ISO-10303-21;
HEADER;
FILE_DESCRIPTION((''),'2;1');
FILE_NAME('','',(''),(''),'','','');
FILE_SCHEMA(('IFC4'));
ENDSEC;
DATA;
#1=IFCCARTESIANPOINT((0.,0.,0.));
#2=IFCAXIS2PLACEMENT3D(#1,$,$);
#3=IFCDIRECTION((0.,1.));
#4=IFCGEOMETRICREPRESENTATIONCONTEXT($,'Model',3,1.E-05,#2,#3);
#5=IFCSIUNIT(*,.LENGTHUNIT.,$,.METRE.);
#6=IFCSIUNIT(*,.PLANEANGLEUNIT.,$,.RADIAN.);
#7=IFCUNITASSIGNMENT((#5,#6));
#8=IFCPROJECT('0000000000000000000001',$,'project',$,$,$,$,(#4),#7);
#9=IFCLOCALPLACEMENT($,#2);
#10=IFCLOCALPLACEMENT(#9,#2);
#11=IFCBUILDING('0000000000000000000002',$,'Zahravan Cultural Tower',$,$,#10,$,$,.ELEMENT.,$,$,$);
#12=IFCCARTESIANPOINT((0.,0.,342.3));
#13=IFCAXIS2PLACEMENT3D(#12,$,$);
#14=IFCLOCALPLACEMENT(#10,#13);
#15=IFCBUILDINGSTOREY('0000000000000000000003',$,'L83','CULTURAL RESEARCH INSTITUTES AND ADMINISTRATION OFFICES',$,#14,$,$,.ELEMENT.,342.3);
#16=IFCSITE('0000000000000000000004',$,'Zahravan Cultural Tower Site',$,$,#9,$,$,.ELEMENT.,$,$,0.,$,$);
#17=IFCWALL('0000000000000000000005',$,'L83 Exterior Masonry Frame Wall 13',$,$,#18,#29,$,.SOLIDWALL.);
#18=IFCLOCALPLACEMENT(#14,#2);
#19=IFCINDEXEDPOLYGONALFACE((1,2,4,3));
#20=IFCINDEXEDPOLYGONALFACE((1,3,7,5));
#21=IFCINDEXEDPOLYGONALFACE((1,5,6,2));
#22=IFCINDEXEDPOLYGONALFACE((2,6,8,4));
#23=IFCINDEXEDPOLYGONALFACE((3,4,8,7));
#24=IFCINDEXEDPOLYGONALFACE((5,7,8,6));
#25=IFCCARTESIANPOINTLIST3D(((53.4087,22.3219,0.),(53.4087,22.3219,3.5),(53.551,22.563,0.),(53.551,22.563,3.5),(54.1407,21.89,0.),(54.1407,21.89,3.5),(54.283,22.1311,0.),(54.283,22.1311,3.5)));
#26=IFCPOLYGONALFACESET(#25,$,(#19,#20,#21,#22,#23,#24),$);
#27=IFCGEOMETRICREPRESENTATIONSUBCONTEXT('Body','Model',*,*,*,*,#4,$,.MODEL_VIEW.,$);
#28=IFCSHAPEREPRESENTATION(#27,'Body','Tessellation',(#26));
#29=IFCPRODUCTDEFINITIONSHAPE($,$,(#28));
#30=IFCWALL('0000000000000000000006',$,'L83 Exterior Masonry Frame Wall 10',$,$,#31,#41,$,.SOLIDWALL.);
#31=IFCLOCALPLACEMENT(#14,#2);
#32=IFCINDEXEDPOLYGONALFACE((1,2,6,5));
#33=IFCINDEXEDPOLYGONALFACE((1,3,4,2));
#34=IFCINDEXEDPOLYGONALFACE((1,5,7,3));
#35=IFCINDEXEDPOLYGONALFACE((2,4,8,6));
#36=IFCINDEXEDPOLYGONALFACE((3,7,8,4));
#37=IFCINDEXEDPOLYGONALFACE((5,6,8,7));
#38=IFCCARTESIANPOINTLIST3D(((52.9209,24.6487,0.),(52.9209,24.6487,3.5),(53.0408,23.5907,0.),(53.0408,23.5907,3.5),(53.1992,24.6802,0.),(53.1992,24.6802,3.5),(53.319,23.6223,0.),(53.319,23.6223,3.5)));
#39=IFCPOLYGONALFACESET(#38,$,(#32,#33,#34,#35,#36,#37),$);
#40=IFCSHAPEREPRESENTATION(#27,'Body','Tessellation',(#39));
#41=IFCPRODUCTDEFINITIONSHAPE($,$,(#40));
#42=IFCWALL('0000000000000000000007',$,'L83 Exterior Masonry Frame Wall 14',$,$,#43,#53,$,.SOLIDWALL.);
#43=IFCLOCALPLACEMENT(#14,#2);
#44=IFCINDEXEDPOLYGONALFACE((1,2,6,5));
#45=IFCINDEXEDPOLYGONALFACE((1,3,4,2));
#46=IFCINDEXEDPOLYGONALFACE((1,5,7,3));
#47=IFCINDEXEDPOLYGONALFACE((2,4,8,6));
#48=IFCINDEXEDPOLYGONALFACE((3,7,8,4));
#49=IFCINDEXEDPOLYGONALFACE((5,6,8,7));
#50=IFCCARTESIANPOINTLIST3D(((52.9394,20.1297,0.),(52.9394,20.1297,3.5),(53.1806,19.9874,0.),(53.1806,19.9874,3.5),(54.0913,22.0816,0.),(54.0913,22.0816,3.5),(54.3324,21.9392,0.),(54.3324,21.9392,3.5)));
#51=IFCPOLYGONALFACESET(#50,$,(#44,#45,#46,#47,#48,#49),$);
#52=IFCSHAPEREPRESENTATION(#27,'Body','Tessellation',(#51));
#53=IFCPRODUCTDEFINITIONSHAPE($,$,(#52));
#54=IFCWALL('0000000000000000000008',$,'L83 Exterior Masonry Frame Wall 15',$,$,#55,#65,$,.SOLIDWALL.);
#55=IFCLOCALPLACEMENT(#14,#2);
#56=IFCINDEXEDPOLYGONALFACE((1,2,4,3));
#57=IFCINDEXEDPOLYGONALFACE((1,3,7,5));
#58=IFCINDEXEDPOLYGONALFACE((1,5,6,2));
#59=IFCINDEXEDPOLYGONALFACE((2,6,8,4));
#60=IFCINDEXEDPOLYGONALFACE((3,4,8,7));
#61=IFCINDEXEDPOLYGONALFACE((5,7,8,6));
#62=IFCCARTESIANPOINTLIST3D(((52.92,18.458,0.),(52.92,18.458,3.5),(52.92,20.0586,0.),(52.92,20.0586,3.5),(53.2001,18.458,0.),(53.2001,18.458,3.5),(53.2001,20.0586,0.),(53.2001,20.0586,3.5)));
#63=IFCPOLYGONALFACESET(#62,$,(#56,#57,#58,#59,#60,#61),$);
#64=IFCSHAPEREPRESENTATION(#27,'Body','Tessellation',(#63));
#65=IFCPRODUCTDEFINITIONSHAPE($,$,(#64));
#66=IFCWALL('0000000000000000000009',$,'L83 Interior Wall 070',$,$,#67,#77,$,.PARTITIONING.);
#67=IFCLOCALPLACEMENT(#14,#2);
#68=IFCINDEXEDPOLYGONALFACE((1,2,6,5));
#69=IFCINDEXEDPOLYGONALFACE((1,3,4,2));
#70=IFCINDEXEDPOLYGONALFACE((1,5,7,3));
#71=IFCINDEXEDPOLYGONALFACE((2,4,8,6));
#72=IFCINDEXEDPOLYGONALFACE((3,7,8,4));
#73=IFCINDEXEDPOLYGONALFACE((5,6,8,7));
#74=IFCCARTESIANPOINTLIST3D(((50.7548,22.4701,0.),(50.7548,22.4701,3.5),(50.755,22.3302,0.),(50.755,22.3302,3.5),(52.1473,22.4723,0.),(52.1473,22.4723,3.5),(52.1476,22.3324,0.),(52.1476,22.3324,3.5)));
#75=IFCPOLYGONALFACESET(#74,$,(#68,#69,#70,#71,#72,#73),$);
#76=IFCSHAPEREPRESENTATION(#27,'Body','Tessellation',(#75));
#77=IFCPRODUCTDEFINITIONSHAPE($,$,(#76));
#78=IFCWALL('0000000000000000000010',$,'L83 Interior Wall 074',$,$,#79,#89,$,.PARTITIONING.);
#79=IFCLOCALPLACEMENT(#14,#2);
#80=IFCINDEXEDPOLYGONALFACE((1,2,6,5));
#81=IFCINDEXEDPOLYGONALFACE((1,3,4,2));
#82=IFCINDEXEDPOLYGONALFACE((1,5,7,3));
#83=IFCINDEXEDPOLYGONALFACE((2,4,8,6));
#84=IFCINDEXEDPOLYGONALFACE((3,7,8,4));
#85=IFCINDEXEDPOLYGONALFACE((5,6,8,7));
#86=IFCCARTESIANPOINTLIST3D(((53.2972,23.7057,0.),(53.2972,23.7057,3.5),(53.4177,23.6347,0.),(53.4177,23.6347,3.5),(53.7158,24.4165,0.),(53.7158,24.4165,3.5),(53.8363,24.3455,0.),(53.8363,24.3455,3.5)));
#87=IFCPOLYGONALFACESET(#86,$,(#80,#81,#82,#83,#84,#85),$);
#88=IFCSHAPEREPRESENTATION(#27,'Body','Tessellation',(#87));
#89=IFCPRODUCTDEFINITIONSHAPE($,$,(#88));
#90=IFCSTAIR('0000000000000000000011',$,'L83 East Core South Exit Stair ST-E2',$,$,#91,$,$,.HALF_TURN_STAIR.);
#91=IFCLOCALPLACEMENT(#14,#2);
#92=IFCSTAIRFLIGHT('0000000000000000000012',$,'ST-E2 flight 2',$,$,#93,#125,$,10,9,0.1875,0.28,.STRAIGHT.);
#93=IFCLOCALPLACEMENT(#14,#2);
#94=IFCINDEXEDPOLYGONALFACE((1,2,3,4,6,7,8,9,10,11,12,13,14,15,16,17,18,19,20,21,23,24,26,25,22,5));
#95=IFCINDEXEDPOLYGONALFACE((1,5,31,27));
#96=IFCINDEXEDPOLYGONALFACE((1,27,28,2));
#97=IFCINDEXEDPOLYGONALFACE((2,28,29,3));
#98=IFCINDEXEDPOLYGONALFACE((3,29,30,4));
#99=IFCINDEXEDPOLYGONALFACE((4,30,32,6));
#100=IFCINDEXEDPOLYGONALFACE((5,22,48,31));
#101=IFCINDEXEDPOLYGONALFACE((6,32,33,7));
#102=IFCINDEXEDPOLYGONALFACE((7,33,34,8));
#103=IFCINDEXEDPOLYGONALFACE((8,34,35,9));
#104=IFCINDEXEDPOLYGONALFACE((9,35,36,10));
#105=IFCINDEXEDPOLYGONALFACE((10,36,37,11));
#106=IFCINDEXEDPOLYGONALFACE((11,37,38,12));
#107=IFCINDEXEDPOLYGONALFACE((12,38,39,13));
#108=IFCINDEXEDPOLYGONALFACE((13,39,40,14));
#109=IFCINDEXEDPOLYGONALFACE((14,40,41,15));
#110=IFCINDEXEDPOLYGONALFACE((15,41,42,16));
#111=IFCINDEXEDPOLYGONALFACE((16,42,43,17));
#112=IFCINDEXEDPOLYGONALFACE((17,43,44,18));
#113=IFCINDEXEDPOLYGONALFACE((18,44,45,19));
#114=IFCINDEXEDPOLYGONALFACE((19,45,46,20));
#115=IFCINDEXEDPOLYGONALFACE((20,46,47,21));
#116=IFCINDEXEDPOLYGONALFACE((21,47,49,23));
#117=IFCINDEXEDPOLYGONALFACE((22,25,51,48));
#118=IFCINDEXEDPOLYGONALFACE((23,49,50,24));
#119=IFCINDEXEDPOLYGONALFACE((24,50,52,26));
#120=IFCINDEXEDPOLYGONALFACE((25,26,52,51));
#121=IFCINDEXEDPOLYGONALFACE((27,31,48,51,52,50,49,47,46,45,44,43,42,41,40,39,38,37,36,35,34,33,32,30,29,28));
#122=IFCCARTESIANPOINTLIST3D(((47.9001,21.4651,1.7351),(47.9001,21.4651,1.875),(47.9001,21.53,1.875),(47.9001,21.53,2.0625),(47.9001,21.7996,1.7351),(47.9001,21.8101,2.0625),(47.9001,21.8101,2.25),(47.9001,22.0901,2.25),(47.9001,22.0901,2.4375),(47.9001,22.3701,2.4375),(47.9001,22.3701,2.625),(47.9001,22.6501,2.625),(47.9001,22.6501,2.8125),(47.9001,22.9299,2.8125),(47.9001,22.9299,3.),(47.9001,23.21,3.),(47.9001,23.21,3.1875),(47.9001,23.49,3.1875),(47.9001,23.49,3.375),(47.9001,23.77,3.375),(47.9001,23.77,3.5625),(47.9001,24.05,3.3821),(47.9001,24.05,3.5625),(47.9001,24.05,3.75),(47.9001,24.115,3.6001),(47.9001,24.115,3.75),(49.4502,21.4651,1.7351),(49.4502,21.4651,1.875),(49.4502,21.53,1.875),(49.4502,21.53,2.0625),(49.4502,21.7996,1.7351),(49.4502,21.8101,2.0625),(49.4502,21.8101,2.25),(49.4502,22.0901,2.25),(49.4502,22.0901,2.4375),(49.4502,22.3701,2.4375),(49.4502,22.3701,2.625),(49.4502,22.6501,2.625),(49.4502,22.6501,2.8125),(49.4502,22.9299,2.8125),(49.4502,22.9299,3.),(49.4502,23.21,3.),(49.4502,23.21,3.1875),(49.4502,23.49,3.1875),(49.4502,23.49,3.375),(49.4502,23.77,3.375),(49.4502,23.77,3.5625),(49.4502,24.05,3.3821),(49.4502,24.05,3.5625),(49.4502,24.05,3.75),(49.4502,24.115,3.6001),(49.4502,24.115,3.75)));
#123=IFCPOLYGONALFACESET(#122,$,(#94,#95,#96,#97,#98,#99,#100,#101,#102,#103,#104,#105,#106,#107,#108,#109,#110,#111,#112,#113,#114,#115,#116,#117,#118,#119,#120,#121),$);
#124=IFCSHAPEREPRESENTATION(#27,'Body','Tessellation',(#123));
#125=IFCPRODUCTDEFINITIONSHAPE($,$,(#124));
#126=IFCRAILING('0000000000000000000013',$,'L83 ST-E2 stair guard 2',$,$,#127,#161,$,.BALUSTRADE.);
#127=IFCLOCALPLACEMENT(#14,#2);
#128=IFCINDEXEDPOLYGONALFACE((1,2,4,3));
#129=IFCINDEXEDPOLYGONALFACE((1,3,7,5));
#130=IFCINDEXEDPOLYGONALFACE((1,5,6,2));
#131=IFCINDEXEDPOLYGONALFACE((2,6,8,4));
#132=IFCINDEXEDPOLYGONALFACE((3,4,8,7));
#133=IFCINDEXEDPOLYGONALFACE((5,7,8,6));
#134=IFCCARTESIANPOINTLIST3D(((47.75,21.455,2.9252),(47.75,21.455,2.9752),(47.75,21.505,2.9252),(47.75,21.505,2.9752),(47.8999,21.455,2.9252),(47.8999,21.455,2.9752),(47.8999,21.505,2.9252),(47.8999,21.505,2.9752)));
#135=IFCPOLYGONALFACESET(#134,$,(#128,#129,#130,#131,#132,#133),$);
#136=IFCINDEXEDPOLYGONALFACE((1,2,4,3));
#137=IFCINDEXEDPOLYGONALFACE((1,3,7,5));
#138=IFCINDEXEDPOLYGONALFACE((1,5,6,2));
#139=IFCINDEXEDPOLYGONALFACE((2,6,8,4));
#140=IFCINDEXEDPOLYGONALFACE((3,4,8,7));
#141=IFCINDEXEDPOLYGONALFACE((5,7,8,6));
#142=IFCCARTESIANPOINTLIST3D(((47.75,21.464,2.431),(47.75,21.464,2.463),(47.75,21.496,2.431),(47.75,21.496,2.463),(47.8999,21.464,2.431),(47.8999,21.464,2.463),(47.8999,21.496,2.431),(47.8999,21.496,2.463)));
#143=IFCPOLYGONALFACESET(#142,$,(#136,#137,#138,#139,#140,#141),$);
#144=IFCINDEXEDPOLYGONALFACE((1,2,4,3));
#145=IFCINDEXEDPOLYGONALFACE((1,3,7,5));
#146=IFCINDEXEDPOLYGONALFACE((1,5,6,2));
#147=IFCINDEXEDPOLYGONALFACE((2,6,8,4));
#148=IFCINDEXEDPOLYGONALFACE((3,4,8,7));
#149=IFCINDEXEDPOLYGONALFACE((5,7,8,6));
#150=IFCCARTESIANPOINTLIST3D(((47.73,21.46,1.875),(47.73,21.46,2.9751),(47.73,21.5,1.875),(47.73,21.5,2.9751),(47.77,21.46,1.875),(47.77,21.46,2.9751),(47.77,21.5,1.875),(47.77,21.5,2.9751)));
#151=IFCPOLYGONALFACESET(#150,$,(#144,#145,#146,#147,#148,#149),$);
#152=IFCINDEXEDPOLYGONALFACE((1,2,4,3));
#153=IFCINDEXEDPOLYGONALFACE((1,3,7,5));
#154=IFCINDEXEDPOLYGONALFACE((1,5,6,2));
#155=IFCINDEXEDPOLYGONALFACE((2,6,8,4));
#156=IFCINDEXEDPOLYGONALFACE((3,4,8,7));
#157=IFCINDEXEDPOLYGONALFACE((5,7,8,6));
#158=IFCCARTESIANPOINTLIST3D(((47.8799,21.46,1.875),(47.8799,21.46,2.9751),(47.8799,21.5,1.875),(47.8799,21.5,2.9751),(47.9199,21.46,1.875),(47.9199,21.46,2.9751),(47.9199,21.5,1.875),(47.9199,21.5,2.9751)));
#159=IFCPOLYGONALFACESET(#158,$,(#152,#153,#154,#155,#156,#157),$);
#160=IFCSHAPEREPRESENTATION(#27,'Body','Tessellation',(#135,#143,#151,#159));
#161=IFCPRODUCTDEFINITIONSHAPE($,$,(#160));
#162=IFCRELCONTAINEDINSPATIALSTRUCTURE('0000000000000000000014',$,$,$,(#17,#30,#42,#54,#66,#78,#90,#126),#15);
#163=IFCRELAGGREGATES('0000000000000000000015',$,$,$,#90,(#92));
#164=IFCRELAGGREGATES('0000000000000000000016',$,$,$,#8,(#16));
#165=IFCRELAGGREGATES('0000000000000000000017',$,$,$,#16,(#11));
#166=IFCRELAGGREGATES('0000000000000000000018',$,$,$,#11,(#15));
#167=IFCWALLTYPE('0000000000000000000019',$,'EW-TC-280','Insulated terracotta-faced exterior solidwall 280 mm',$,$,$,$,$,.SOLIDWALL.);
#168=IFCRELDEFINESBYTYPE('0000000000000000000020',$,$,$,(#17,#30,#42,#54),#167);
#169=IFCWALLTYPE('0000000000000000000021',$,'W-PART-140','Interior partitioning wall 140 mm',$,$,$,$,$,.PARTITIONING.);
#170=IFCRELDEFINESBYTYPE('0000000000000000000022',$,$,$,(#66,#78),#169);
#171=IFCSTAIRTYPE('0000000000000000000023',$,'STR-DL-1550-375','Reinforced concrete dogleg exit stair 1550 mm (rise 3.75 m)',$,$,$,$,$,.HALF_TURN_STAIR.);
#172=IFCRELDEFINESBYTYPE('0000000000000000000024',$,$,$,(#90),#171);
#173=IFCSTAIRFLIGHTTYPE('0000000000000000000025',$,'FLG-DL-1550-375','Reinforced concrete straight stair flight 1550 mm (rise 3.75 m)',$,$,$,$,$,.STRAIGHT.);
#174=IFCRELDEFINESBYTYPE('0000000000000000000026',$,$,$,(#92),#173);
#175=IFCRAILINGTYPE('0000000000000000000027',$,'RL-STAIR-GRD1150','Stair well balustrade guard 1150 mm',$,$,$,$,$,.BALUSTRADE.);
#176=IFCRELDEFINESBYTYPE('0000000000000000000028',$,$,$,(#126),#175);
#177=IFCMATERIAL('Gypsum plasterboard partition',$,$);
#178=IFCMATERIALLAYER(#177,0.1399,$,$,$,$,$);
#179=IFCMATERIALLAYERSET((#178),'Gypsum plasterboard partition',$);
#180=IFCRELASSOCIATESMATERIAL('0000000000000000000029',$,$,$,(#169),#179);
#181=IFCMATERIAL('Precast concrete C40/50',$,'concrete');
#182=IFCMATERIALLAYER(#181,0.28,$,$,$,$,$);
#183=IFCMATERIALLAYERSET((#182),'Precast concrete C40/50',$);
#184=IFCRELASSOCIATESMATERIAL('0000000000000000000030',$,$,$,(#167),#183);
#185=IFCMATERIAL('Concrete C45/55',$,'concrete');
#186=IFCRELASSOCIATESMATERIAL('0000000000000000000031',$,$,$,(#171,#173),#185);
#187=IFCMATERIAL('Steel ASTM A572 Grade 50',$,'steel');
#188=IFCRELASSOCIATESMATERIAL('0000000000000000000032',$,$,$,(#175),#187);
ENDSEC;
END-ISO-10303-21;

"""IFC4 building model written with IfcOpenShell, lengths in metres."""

from ifc_helpers import new_model, si_unit, direction, frame, frame_2d, origin, origin_2d, place, context, subcontext, project, spatial, polyline, rectangle, outline, extrude, source, transform, mapped, material, layer, layer_set, type_object, element, aggregate, save


model = new_model("IFC4")

# Units and contexts
model_context = context("Model", 3, precision=1e-05, world=origin(), true_north=direction((0.0, 1.0)))
body_context = subcontext(model_context, "Body", "Model", "MODEL_VIEW")
ifc_project = project(units=[si_unit("LENGTHUNIT", "METRE"), si_unit("PLANEANGLEUNIT", "RADIAN")], contexts=[model_context])

# Site, building, storey
site_placement = place(None, origin())
site = spatial("IfcSite", under=ifc_project, at=site_placement, Name="Zahravan Cultural Tower Site", CompositionType="ELEMENT", RefElevation=0.0)
building_placement = place(site_placement, origin())
building = spatial("IfcBuilding", under=site, at=building_placement, Name="Zahravan Cultural Tower", CompositionType="ELEMENT")
storey_placement = place(building_placement, frame((0.0, 0.0, 342.3)))
storey = spatial("IfcBuildingStorey", under=building, at=storey_placement, Name="L83", Description="CULTURAL RESEARCH INSTITUTES AND ADMINISTRATION OFFICES", CompositionType="ELEMENT", Elevation=342.3)

# Shared definitions
ifc_material_1 = material(Name="Gypsum plasterboard partition")
ifc_layer_1 = layer(ifc_material_1, 0.1399)
ifc_layer_set_1 = layer_set([ifc_layer_1], Name="Gypsum plasterboard partition")
wall_type_1 = type_object("IfcWallType", Name="W-PART-140", Description="Interior partitioning wall 140 mm", PredefinedType="PARTITIONING", material=ifc_layer_set_1)

# Walls
ifc_material_2 = material(Name="Precast concrete C40/50", Category="concrete")
ifc_layer_2 = layer(ifc_material_2, 0.28)
ifc_layer_set_2 = layer_set([ifc_layer_2], Name="Precast concrete C40/50")
wall_type_2 = type_object("IfcWallType", Name="EW-TC-280", Description="Insulated terracotta-faced exterior solidwall 280 mm", PredefinedType="SOLIDWALL", material=ifc_layer_set_2)
shared_shape_1 = source(origin(), body_context, "Body", "SweptSolid", [
    extrude(rectangle(XDim=0.8499, YDim=0.28, at=frame_2d((0.4248, 0.0))), origin(), (0.0, 0.0, 1.0), 3.5),
])
wall_1_placement = place(storey_placement, frame((53.48, 22.4424, 0.0), z_axis=(0.0, 0.0, 1.0), x_axis=(0.861247, -0.508187, 0.0)))
element("IfcWall", 1, at=wall_1_placement, inside=storey, type_object=wall_type_2, Name="L83 Exterior Masonry Frame Wall 13", PredefinedType="SOLIDWALL", context=body_context, shape_type="MappedRepresentation", body=[
    mapped(shared_shape_1, transform((0.0, 0.0, 0.0), x_axis=(1.0, 0.0, 0.0), y_axis=(0.0, 1.0, 0.0), z_axis=(0.0, 0.0, 1.0), scale=1.0)),
])
shared_shape_2 = source(origin(), body_context, "Body", "SweptSolid", [
    extrude(rectangle(XDim=1.0647, YDim=0.28, at=frame_2d((0.5322, 0.0))), origin(), (0.0, 0.0, 1.0), 3.5),
])
wall_2_placement = place(storey_placement, frame((53.0601, 24.6643, 0.0), z_axis=(0.0, 0.0, 1.0), x_axis=(0.112596, -0.993641, 0.0)))
element("IfcWall", 2, at=wall_2_placement, inside=storey, type_object=wall_type_2, Name="L83 Exterior Masonry Frame Wall 10", PredefinedType="SOLIDWALL", context=body_context, shape_type="MappedRepresentation", body=[
    mapped(shared_shape_2, transform((0.0, 0.0, 0.0), x_axis=(1.0, 0.0, 0.0), y_axis=(0.0, 1.0, 0.0), z_axis=(0.0, 0.0, 1.0), scale=1.0)),
])
shared_shape_3 = source(origin(), body_context, "Body", "SweptSolid", [
    extrude(rectangle(XDim=2.2664, YDim=0.28, at=frame_2d((1.1333, 0.0))), origin(), (0.0, 0.0, 1.0), 3.5),
])
wall_3_placement = place(storey_placement, frame((54.2119, 22.0105, 0.0), z_axis=(0.0, 0.0, 1.0), x_axis=(-0.508225, -0.861224, 0.0)))
element("IfcWall", 3, at=wall_3_placement, inside=storey, type_object=wall_type_2, Name="L83 Exterior Masonry Frame Wall 14", PredefinedType="SOLIDWALL", context=body_context, shape_type="MappedRepresentation", body=[
    mapped(shared_shape_3, transform((0.0, 0.0, 0.0), x_axis=(1.0, 0.0, 0.0), y_axis=(0.0, 1.0, 0.0), z_axis=(0.0, 0.0, 1.0), scale=1.0)),
])
shared_shape_4 = source(origin(), body_context, "Body", "SweptSolid", [
    extrude(rectangle(XDim=1.6006, YDim=0.28, at=frame_2d((0.8003, 0.0))), origin(), (0.0, 0.0, 1.0), 3.5),
])
wall_4_placement = place(storey_placement, frame((53.0601, 20.0586, 0.0), z_axis=(0.0, 0.0, 1.0), x_axis=(0.0, -1.0, 0.0)))
element("IfcWall", 4, at=wall_4_placement, inside=storey, type_object=wall_type_2, Name="L83 Exterior Masonry Frame Wall 15", PredefinedType="SOLIDWALL", context=body_context, shape_type="MappedRepresentation", body=[
    mapped(shared_shape_4, transform((0.0, 0.0, 0.0), x_axis=(1.0, 0.0, 0.0), y_axis=(0.0, 1.0, 0.0), z_axis=(0.0, 0.0, 1.0), scale=1.0)),
])
shared_shape_5 = source(origin(), body_context, "Body", "SweptSolid", [
    extrude(rectangle(XDim=1.3926, YDim=0.1399, at=frame_2d((0.6963, 0.0))), origin(), (0.0, 0.0, 1.0), 3.5),
])
wall_5_placement = place(storey_placement, frame((50.7549, 22.4001, 0.0), z_axis=(0.0, 0.0, 1.0), x_axis=(0.999999, 0.001578, 0.0)))
element("IfcWall", 5, at=wall_5_placement, inside=storey, type_object=wall_type_1, Name="L83 Interior Wall 070", PredefinedType="PARTITIONING", context=body_context, shape_type="MappedRepresentation", body=[
    mapped(shared_shape_5, transform((0.0, 0.0, 0.0), x_axis=(1.0, 0.0, 0.0), y_axis=(0.0, 1.0, 0.0), z_axis=(0.0, 0.0, 1.0), scale=1.0)),
])
shared_shape_6 = source(origin(), body_context, "Body", "SweptSolid", [
    extrude(rectangle(XDim=0.825, YDim=0.1399, at=frame_2d((0.4126, 0.0))), origin(), (0.0, 0.0, 1.0), 3.5),
])
wall_6_placement = place(storey_placement, frame((53.7761, 24.3811, 0.0), z_axis=(0.0, 0.0, 1.0), x_axis=(-0.507473, -0.861668, 0.0)))
element("IfcWall", 6, at=wall_6_placement, inside=storey, type_object=wall_type_1, Name="L83 Interior Wall 074", PredefinedType="PARTITIONING", context=body_context, shape_type="MappedRepresentation", body=[
    mapped(shared_shape_6, transform((0.0, 0.0, 0.0), x_axis=(1.0, 0.0, 0.0), y_axis=(0.0, 1.0, 0.0), z_axis=(0.0, 0.0, 1.0), scale=1.0)),
])

# Stair, stair flight
ifc_material_3 = material(Name="Concrete C45/55", Category="concrete")
stair_type = type_object("IfcStairType", Name="STR-DL-1550-375", Description="Reinforced concrete dogleg exit stair 1550 mm (rise 3.75 m)", PredefinedType="HALF_TURN_STAIR", material=ifc_material_3)
stair_placement = place(storey_placement, origin())
stair = element("IfcStair", 7, at=stair_placement, inside=storey, type_object=stair_type, Name="L83 East Core South Exit Stair ST-E2", PredefinedType="HALF_TURN_STAIR")
stair_flight_type = type_object("IfcStairFlightType", Name="FLG-DL-1550-375", Description="Reinforced concrete straight stair flight 1550 mm (rise 3.75 m)", PredefinedType="STRAIGHT", material=ifc_material_3)
stair_flight_placement = place(storey_placement, frame((48.675, 21.53, 1.875), z_axis=(0.0, 0.0, 1.0), x_axis=(0.0, 1.0, 0.0)))
stair_flight = element("IfcStairFlight", 8, at=stair_flight_placement, type_object=stair_flight_type, Name="ST-E2 flight 2", NumberOfRisers=10, NumberOfTreads=9, PredefinedType="STRAIGHT", RiserHeight=0.1875, TreadLength=0.28, context=body_context, shape_type="SweptSolid", body=[
    extrude(outline(polyline([(-0.0649, -0.1399), (-0.0649, 0.0), (0.0, 0.0), (0.0, 0.1875), (0.28, 0.1875), (0.28, 0.375), (0.5601, 0.375), (0.5601, 0.5625), (0.8401, 0.5625), (0.8401, 0.75), (1.1201, 0.75), (1.1201, 0.9375), (1.3999, 0.9375), (1.3999, 1.125), (1.6799, 1.125), (1.6799, 1.3125), (1.96, 1.3125), (1.96, 1.5), (2.24, 1.5), (2.24, 1.6875), (2.52, 1.6875), (2.52, 1.875), (2.585, 1.875), (2.585, 1.7251), (2.52, 1.5071), (0.2695, -0.1399), (-0.0649, -0.1399)])), frame((0.0, 0.7749, 0.0), z_axis=(0.0, -1.0, 0.0), x_axis=(1.0, 0.0, 0.0)), (0.0, 0.0, 1.0), 1.55),
])
aggregate(stair, [stair_flight])

# Railing
ifc_material_4 = material(Name="Steel ASTM A572 Grade 50", Category="steel")
railing_type_1 = type_object("IfcRailingType", Name="RL-STAIR-GRD1150", Description="Stair well balustrade guard 1150 mm", PredefinedType="BALUSTRADE", material=ifc_material_4)
railing_1_placement = place(storey_placement, frame((47.75, 21.48, 1.875)))
element("IfcRailing", 9, at=railing_1_placement, inside=storey, type_object=railing_type_1, Name="L83 ST-E2 stair guard 2", PredefinedType="BALUSTRADE", context=body_context, shape_type="SweptSolid", body=[
    extrude(rectangle(XDim=0.05, YDim=0.05, at=origin_2d()), frame((0.0, 0.0, 1.0752), z_axis=(1.0, 0.0, 0.0), x_axis=(0.0, 1.0, 0.0)), (0.0, 0.0, 1.0), 0.1499),
    extrude(rectangle(XDim=0.032, YDim=0.032, at=origin_2d()), frame((0.0, 0.0, 0.572), z_axis=(1.0, 0.0, 0.0), x_axis=(0.0, 1.0, 0.0)), (0.0, 0.0, 1.0), 0.1499),
    extrude(rectangle(XDim=0.04, YDim=0.04, at=origin_2d()), origin(), (0.0, 0.0, 1.0), 1.1001),
    extrude(rectangle(XDim=0.04, YDim=0.04, at=origin_2d()), frame((0.1499, 0.0, 0.0)), (0.0, 0.0, 1.0), 1.1001),
])

save(model, "model.ifc")
